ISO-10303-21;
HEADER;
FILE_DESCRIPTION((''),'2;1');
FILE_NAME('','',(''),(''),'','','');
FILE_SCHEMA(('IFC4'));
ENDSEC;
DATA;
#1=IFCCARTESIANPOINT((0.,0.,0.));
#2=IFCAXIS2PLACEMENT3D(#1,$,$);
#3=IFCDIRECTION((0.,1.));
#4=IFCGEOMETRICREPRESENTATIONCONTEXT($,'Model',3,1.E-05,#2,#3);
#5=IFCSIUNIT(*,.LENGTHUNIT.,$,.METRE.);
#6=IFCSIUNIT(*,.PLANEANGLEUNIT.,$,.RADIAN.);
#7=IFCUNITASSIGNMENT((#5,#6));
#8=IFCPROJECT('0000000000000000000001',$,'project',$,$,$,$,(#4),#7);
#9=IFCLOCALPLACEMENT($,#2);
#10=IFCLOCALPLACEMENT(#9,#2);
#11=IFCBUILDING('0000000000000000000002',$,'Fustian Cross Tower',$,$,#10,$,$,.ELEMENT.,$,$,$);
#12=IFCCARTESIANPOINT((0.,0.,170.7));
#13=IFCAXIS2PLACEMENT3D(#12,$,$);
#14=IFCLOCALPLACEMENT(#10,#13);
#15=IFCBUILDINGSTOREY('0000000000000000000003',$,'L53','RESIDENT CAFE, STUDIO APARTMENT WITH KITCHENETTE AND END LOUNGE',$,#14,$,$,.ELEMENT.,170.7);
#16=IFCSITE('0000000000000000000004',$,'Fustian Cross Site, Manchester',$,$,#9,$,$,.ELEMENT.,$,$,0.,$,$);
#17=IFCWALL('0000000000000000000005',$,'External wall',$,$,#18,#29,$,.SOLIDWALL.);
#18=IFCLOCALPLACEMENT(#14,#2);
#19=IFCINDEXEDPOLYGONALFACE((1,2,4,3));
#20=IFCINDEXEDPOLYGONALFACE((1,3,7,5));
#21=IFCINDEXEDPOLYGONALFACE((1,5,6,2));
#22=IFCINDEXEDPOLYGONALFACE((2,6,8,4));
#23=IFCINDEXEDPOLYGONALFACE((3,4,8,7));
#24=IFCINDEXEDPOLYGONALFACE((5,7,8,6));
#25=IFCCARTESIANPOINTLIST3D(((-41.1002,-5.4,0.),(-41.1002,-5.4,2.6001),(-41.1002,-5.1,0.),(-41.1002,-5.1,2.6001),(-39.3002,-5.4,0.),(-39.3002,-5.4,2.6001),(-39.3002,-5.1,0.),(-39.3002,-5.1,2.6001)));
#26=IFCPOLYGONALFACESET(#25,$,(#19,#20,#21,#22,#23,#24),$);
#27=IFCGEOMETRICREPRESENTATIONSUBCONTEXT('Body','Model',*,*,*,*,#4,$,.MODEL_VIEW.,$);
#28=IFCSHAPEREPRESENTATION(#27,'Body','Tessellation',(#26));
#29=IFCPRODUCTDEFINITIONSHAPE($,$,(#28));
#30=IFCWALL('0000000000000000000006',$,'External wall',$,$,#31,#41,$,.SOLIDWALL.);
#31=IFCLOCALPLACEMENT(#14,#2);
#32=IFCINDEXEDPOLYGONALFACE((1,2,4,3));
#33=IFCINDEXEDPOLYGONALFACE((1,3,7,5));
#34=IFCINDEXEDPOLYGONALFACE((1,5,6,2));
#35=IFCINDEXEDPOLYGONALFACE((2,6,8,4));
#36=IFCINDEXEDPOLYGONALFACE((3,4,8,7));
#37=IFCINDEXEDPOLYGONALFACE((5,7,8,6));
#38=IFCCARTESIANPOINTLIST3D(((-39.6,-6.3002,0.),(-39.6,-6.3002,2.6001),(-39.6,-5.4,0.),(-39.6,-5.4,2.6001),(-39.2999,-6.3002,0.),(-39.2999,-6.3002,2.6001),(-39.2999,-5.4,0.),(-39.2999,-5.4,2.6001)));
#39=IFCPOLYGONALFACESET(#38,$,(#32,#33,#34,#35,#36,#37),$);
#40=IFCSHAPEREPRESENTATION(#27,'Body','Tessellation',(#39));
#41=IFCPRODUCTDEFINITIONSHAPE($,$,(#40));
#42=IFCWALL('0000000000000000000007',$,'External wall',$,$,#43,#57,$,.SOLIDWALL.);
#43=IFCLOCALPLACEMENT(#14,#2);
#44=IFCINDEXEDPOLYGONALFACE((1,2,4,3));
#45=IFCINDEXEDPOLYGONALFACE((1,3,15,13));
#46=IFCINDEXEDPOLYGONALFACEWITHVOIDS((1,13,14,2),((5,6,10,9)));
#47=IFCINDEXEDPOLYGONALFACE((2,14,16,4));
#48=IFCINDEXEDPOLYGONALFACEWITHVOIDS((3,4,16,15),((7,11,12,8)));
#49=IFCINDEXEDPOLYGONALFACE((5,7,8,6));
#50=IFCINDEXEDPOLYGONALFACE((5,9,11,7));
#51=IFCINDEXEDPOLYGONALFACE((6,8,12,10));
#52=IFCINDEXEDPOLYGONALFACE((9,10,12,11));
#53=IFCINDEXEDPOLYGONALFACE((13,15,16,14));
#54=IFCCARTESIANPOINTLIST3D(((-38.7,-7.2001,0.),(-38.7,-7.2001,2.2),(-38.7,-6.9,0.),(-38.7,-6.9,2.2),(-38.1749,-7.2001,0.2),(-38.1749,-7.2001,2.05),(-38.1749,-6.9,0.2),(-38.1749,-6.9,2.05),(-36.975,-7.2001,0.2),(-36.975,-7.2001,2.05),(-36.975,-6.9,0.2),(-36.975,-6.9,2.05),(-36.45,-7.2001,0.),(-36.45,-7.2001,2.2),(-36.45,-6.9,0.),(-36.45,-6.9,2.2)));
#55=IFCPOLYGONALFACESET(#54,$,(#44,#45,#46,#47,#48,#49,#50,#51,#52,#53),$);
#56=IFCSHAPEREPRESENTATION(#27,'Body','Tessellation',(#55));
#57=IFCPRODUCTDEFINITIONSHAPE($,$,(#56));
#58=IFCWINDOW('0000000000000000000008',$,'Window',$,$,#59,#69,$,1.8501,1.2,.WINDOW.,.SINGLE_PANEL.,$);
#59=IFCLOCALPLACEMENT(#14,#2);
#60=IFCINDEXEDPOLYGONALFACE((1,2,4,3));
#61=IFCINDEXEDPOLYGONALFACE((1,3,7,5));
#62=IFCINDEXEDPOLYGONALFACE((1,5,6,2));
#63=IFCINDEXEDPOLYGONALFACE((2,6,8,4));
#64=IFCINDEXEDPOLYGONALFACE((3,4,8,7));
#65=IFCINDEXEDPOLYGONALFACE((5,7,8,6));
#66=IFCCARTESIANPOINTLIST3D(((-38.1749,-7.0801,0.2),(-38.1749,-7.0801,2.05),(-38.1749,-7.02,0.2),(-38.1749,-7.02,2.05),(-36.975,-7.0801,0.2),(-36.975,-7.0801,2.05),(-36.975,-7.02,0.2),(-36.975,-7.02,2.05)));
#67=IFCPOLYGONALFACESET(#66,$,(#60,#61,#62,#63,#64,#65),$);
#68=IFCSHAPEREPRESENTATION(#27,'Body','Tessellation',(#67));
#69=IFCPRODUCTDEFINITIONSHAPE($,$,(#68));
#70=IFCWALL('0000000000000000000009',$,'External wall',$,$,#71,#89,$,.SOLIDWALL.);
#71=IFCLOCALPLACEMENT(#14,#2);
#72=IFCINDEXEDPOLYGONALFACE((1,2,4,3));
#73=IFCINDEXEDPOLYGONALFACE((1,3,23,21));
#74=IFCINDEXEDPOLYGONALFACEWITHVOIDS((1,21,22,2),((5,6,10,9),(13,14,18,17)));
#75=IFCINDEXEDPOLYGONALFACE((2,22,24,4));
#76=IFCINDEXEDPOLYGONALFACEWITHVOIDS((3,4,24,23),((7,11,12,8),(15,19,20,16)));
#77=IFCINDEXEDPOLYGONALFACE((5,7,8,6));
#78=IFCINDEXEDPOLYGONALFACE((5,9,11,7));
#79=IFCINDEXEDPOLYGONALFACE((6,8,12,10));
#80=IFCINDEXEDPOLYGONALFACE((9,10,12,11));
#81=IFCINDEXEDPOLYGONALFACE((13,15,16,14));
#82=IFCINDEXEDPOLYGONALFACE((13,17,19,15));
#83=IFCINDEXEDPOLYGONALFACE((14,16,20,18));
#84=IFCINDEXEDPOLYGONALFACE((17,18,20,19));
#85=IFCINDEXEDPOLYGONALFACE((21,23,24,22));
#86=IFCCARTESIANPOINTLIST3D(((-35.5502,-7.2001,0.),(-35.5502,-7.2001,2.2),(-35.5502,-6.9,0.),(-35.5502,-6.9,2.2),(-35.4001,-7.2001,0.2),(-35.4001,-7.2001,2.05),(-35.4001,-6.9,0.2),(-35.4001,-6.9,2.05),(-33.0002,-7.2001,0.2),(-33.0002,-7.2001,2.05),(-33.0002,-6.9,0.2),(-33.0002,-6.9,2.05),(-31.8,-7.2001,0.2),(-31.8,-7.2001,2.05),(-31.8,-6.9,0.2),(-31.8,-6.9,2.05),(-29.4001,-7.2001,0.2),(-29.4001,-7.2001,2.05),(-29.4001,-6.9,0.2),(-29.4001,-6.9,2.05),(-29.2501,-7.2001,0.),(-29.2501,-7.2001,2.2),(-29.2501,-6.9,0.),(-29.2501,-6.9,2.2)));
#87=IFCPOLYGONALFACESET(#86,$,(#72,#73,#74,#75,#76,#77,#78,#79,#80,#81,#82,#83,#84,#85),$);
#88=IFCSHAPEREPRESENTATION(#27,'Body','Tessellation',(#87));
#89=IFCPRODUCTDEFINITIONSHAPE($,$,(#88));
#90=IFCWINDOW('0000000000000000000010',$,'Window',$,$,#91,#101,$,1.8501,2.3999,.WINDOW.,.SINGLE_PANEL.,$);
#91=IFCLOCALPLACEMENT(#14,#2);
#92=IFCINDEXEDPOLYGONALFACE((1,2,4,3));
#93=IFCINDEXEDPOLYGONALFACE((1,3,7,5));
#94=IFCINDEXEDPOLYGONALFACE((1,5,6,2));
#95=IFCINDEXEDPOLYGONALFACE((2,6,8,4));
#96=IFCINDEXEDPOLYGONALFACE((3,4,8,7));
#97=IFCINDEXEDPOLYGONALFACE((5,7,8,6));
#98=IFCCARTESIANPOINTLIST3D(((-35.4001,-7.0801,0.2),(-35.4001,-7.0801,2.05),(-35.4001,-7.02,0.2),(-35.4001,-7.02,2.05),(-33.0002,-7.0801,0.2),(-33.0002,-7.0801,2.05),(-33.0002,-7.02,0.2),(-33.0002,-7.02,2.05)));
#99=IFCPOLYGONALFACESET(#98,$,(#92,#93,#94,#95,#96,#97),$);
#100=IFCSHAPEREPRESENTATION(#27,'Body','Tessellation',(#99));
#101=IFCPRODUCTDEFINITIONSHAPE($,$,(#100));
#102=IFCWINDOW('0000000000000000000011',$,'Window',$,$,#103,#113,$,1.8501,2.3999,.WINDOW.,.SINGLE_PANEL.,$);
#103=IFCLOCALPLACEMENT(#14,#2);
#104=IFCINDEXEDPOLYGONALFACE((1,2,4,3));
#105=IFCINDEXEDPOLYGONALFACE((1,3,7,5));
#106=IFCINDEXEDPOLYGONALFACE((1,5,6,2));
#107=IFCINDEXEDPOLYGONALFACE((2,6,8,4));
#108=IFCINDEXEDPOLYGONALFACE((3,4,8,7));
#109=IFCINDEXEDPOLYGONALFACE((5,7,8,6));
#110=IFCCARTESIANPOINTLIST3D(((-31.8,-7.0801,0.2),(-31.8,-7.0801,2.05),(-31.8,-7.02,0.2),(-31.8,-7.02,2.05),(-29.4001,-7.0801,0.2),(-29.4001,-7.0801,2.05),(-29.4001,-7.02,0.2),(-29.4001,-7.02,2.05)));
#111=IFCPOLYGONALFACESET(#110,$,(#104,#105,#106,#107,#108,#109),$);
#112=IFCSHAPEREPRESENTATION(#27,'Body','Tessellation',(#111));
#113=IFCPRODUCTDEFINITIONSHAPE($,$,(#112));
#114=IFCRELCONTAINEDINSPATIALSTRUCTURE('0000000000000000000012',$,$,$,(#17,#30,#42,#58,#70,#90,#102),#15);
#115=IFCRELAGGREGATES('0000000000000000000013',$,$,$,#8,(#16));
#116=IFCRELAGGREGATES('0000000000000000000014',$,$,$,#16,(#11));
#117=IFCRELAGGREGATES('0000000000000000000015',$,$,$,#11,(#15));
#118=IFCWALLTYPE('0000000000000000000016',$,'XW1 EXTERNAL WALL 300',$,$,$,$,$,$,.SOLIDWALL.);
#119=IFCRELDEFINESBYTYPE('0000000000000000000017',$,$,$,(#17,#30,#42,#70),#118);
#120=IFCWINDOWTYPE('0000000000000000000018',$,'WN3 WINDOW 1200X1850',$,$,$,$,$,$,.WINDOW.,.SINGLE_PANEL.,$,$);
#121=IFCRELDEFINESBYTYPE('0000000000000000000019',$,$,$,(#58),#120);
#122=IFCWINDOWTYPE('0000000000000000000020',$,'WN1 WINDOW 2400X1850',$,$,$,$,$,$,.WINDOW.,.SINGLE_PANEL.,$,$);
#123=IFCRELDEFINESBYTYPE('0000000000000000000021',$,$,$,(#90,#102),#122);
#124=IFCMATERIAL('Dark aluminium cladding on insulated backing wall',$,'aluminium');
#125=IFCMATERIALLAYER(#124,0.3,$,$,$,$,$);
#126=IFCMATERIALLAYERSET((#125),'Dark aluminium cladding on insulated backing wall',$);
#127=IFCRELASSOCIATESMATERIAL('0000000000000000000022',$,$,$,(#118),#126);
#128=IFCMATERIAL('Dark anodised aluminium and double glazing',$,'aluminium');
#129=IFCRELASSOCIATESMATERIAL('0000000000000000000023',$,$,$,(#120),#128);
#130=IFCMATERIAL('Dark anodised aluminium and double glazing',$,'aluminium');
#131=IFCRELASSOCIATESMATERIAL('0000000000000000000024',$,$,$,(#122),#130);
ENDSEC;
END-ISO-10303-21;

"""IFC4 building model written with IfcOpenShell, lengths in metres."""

from ifc_helpers import new_model, si_unit, direction, frame, frame_2d, origin, place, context, subcontext, project, spatial, rectangle, extrude, material, layer, layer_set, type_object, element, fill, save


model = new_model("IFC4")

# Units and contexts
model_context = context("Model", 3, precision=1e-05, world=origin(), true_north=direction((0.0, 1.0)))
body_context = subcontext(model_context, "Body", "Model", "MODEL_VIEW")
ifc_project = project(units=[si_unit("LENGTHUNIT", "METRE"), si_unit("PLANEANGLEUNIT", "RADIAN")], contexts=[model_context])

# Site, building, storey
site_placement = place(None, origin())
site = spatial("IfcSite", under=ifc_project, at=site_placement, Name="Fustian Cross Site, Manchester", CompositionType="ELEMENT", RefElevation=0.0)
building_placement = place(site_placement, origin())
building = spatial("IfcBuilding", under=site, at=building_placement, Name="Fustian Cross Tower", CompositionType="ELEMENT")
storey_placement = place(building_placement, frame((0.0, 0.0, 170.7)))
storey = spatial("IfcBuildingStorey", under=building, at=storey_placement, Name="L53", Description="RESIDENT CAFE, STUDIO APARTMENT WITH KITCHENETTE AND END LOUNGE", CompositionType="ELEMENT", Elevation=170.7)

# Shared definitions
ifc_material_1 = material(Name="Dark aluminium cladding on insulated backing wall", Category="aluminium")
ifc_layer_1 = layer(ifc_material_1, 0.3)
ifc_layer_set_1 = layer_set([ifc_layer_1], Name="Dark aluminium cladding on insulated backing wall")
wall_type_1 = type_object("IfcWallType", Name="XW1 EXTERNAL WALL 300", PredefinedType="SOLIDWALL", material=ifc_layer_set_1)

# Shared definitions
ifc_material_2 = material(Name="Dark anodised aluminium and double glazing", Category="aluminium")
window_type_1 = type_object("IfcWindowType", Name="WN3 WINDOW 1200X1850", PartitioningType="SINGLE_PANEL", PredefinedType="WINDOW", material=ifc_material_2)

# Walls
wall_1_placement = place(storey_placement, frame((-41.1001, -5.25, 0.0), z_axis=(0.0, 0.0, 1.0), x_axis=(1.0, 0.0, 0.0)))
element("IfcWall", 1, at=wall_1_placement, inside=storey, type_object=wall_type_1, Name="External wall", PredefinedType="SOLIDWALL", context=body_context, shape_type="SweptSolid", body=[
    extrude(rectangle(XDim=1.8, YDim=0.3, at=frame_2d((0.8999, 0.0))), origin(), (0.0, 0.0, 1.0), 2.6001),
])
wall_2_placement = place(storey_placement, frame((-39.45, -5.3999, 0.0), z_axis=(0.0, 0.0, 1.0), x_axis=(0.0, -1.0, 0.0)))
element("IfcWall", 2, at=wall_2_placement, inside=storey, type_object=wall_type_1, Name="External wall", PredefinedType="SOLIDWALL", context=body_context, shape_type="SweptSolid", body=[
    extrude(rectangle(XDim=0.9001, YDim=0.3, at=frame_2d((0.4502, 0.0))), origin(), (0.0, 0.0, 1.0), 2.6001),
])

# Wall, opening, window
wall_3_placement = place(storey_placement, frame((-38.7, -7.05, 0.0), z_axis=(0.0, 0.0, 1.0), x_axis=(1.0, 0.0, 0.0)))
wall_3 = element("IfcWall", 3, at=wall_3_placement, inside=storey, type_object=wall_type_1, Name="External wall", PredefinedType="SOLIDWALL", context=body_context, shape_type="SweptSolid", body=[
    extrude(rectangle(XDim=2.25, YDim=0.3, at=frame_2d((1.125, 0.0))), origin(), (0.0, 0.0, 1.0), 2.2),
])
opening_1_placement = place(wall_3_placement, frame((0.5249, 0.0, 0.2)))
opening_1 = element("IfcOpeningElement", 4, at=opening_1_placement, cuts=wall_3, PredefinedType="OPENING", context=body_context, shape_type="SweptSolid", body=[
    extrude(rectangle(XDim=1.2, YDim=1.8501, at=frame_2d((0.6001, 0.925))), frame((0.0, 0.1599, 0.0), z_axis=(0.0, -1.0, 0.0), x_axis=(1.0, 0.0, 0.0)), (0.0, 0.0, 1.0), 0.3201),
])
window_1_placement = place(opening_1_placement, origin())
window_1 = element("IfcWindow", 5, at=window_1_placement, inside=storey, type_object=window_type_1, Name="Window", OverallHeight=1.8501, OverallWidth=1.2, PartitioningType="SINGLE_PANEL", PredefinedType="WINDOW", context=body_context, shape_type="SweptSolid", body=[
    extrude(rectangle(XDim=1.2, YDim=1.8501, at=frame_2d((0.6001, 0.925))), frame((0.0, 0.03, 0.0), z_axis=(0.0, -1.0, 0.0), x_axis=(1.0, 0.0, 0.0)), (0.0, 0.0, 1.0), 0.0601),
])
fill(opening_1, window_1)

# Wall, openings, windows
wall_4_placement = place(storey_placement, frame((-35.55, -7.05, 0.0), z_axis=(0.0, 0.0, 1.0), x_axis=(1.0, 0.0, 0.0)))
wall_4 = element("IfcWall", 6, at=wall_4_placement, inside=storey, type_object=wall_type_1, Name="External wall", PredefinedType="SOLIDWALL", context=body_context, shape_type="SweptSolid", body=[
    extrude(rectangle(XDim=6.3, YDim=0.3, at=frame_2d((3.1499, 0.0))), origin(), (0.0, 0.0, 1.0), 2.2),
])
opening_2_placement = place(wall_4_placement, frame((0.1499, 0.0, 0.2)))
opening_2 = element("IfcOpeningElement", 7, at=opening_2_placement, cuts=wall_4, PredefinedType="OPENING", context=body_context, shape_type="SweptSolid", body=[
    extrude(rectangle(XDim=2.3999, YDim=1.8501, at=frame_2d((1.2, 0.925))), frame((0.0, 0.1599, 0.0), z_axis=(0.0, -1.0, 0.0), x_axis=(1.0, 0.0, 0.0)), (0.0, 0.0, 1.0), 0.3201),
])
opening_3_placement = place(wall_4_placement, frame((3.75, 0.0, 0.2)))
opening_3 = element("IfcOpeningElement", 8, at=opening_3_placement, cuts=wall_4, PredefinedType="OPENING", context=body_context, shape_type="SweptSolid", body=[
    extrude(rectangle(XDim=2.3999, YDim=1.8501, at=frame_2d((1.2, 0.925))), frame((0.0, 0.1599, 0.0), z_axis=(0.0, -1.0, 0.0), x_axis=(1.0, 0.0, 0.0)), (0.0, 0.0, 1.0), 0.3201),
])
ifc_material_3 = material(Name="Dark anodised aluminium and double glazing", Category="aluminium")
window_type_2 = type_object("IfcWindowType", Name="WN1 WINDOW 2400X1850", PartitioningType="SINGLE_PANEL", PredefinedType="WINDOW", material=ifc_material_3)
window_2_placement = place(opening_2_placement, origin())
window_2 = element("IfcWindow", 9, at=window_2_placement, inside=storey, type_object=window_type_2, Name="Window", OverallHeight=1.8501, OverallWidth=2.3999, PartitioningType="SINGLE_PANEL", PredefinedType="WINDOW", context=body_context, shape_type="SweptSolid", body=[
    extrude(rectangle(XDim=2.3999, YDim=1.8501, at=frame_2d((1.2, 0.925))), frame((0.0, 0.03, 0.0), z_axis=(0.0, -1.0, 0.0), x_axis=(1.0, 0.0, 0.0)), (0.0, 0.0, 1.0), 0.0601),
])
fill(opening_2, window_2)
window_3_placement = place(opening_3_placement, origin())
window_3 = element("IfcWindow", 10, at=window_3_placement, inside=storey, type_object=window_type_2, Name="Window", OverallHeight=1.8501, OverallWidth=2.3999, PartitioningType="SINGLE_PANEL", PredefinedType="WINDOW", context=body_context, shape_type="SweptSolid", body=[
    extrude(rectangle(XDim=2.3999, YDim=1.8501, at=frame_2d((1.2, 0.925))), frame((0.0, 0.03, 0.0), z_axis=(0.0, -1.0, 0.0), x_axis=(1.0, 0.0, 0.0)), (0.0, 0.0, 1.0), 0.0601),
])
fill(opening_3, window_3)

save(model, "model.ifc")
